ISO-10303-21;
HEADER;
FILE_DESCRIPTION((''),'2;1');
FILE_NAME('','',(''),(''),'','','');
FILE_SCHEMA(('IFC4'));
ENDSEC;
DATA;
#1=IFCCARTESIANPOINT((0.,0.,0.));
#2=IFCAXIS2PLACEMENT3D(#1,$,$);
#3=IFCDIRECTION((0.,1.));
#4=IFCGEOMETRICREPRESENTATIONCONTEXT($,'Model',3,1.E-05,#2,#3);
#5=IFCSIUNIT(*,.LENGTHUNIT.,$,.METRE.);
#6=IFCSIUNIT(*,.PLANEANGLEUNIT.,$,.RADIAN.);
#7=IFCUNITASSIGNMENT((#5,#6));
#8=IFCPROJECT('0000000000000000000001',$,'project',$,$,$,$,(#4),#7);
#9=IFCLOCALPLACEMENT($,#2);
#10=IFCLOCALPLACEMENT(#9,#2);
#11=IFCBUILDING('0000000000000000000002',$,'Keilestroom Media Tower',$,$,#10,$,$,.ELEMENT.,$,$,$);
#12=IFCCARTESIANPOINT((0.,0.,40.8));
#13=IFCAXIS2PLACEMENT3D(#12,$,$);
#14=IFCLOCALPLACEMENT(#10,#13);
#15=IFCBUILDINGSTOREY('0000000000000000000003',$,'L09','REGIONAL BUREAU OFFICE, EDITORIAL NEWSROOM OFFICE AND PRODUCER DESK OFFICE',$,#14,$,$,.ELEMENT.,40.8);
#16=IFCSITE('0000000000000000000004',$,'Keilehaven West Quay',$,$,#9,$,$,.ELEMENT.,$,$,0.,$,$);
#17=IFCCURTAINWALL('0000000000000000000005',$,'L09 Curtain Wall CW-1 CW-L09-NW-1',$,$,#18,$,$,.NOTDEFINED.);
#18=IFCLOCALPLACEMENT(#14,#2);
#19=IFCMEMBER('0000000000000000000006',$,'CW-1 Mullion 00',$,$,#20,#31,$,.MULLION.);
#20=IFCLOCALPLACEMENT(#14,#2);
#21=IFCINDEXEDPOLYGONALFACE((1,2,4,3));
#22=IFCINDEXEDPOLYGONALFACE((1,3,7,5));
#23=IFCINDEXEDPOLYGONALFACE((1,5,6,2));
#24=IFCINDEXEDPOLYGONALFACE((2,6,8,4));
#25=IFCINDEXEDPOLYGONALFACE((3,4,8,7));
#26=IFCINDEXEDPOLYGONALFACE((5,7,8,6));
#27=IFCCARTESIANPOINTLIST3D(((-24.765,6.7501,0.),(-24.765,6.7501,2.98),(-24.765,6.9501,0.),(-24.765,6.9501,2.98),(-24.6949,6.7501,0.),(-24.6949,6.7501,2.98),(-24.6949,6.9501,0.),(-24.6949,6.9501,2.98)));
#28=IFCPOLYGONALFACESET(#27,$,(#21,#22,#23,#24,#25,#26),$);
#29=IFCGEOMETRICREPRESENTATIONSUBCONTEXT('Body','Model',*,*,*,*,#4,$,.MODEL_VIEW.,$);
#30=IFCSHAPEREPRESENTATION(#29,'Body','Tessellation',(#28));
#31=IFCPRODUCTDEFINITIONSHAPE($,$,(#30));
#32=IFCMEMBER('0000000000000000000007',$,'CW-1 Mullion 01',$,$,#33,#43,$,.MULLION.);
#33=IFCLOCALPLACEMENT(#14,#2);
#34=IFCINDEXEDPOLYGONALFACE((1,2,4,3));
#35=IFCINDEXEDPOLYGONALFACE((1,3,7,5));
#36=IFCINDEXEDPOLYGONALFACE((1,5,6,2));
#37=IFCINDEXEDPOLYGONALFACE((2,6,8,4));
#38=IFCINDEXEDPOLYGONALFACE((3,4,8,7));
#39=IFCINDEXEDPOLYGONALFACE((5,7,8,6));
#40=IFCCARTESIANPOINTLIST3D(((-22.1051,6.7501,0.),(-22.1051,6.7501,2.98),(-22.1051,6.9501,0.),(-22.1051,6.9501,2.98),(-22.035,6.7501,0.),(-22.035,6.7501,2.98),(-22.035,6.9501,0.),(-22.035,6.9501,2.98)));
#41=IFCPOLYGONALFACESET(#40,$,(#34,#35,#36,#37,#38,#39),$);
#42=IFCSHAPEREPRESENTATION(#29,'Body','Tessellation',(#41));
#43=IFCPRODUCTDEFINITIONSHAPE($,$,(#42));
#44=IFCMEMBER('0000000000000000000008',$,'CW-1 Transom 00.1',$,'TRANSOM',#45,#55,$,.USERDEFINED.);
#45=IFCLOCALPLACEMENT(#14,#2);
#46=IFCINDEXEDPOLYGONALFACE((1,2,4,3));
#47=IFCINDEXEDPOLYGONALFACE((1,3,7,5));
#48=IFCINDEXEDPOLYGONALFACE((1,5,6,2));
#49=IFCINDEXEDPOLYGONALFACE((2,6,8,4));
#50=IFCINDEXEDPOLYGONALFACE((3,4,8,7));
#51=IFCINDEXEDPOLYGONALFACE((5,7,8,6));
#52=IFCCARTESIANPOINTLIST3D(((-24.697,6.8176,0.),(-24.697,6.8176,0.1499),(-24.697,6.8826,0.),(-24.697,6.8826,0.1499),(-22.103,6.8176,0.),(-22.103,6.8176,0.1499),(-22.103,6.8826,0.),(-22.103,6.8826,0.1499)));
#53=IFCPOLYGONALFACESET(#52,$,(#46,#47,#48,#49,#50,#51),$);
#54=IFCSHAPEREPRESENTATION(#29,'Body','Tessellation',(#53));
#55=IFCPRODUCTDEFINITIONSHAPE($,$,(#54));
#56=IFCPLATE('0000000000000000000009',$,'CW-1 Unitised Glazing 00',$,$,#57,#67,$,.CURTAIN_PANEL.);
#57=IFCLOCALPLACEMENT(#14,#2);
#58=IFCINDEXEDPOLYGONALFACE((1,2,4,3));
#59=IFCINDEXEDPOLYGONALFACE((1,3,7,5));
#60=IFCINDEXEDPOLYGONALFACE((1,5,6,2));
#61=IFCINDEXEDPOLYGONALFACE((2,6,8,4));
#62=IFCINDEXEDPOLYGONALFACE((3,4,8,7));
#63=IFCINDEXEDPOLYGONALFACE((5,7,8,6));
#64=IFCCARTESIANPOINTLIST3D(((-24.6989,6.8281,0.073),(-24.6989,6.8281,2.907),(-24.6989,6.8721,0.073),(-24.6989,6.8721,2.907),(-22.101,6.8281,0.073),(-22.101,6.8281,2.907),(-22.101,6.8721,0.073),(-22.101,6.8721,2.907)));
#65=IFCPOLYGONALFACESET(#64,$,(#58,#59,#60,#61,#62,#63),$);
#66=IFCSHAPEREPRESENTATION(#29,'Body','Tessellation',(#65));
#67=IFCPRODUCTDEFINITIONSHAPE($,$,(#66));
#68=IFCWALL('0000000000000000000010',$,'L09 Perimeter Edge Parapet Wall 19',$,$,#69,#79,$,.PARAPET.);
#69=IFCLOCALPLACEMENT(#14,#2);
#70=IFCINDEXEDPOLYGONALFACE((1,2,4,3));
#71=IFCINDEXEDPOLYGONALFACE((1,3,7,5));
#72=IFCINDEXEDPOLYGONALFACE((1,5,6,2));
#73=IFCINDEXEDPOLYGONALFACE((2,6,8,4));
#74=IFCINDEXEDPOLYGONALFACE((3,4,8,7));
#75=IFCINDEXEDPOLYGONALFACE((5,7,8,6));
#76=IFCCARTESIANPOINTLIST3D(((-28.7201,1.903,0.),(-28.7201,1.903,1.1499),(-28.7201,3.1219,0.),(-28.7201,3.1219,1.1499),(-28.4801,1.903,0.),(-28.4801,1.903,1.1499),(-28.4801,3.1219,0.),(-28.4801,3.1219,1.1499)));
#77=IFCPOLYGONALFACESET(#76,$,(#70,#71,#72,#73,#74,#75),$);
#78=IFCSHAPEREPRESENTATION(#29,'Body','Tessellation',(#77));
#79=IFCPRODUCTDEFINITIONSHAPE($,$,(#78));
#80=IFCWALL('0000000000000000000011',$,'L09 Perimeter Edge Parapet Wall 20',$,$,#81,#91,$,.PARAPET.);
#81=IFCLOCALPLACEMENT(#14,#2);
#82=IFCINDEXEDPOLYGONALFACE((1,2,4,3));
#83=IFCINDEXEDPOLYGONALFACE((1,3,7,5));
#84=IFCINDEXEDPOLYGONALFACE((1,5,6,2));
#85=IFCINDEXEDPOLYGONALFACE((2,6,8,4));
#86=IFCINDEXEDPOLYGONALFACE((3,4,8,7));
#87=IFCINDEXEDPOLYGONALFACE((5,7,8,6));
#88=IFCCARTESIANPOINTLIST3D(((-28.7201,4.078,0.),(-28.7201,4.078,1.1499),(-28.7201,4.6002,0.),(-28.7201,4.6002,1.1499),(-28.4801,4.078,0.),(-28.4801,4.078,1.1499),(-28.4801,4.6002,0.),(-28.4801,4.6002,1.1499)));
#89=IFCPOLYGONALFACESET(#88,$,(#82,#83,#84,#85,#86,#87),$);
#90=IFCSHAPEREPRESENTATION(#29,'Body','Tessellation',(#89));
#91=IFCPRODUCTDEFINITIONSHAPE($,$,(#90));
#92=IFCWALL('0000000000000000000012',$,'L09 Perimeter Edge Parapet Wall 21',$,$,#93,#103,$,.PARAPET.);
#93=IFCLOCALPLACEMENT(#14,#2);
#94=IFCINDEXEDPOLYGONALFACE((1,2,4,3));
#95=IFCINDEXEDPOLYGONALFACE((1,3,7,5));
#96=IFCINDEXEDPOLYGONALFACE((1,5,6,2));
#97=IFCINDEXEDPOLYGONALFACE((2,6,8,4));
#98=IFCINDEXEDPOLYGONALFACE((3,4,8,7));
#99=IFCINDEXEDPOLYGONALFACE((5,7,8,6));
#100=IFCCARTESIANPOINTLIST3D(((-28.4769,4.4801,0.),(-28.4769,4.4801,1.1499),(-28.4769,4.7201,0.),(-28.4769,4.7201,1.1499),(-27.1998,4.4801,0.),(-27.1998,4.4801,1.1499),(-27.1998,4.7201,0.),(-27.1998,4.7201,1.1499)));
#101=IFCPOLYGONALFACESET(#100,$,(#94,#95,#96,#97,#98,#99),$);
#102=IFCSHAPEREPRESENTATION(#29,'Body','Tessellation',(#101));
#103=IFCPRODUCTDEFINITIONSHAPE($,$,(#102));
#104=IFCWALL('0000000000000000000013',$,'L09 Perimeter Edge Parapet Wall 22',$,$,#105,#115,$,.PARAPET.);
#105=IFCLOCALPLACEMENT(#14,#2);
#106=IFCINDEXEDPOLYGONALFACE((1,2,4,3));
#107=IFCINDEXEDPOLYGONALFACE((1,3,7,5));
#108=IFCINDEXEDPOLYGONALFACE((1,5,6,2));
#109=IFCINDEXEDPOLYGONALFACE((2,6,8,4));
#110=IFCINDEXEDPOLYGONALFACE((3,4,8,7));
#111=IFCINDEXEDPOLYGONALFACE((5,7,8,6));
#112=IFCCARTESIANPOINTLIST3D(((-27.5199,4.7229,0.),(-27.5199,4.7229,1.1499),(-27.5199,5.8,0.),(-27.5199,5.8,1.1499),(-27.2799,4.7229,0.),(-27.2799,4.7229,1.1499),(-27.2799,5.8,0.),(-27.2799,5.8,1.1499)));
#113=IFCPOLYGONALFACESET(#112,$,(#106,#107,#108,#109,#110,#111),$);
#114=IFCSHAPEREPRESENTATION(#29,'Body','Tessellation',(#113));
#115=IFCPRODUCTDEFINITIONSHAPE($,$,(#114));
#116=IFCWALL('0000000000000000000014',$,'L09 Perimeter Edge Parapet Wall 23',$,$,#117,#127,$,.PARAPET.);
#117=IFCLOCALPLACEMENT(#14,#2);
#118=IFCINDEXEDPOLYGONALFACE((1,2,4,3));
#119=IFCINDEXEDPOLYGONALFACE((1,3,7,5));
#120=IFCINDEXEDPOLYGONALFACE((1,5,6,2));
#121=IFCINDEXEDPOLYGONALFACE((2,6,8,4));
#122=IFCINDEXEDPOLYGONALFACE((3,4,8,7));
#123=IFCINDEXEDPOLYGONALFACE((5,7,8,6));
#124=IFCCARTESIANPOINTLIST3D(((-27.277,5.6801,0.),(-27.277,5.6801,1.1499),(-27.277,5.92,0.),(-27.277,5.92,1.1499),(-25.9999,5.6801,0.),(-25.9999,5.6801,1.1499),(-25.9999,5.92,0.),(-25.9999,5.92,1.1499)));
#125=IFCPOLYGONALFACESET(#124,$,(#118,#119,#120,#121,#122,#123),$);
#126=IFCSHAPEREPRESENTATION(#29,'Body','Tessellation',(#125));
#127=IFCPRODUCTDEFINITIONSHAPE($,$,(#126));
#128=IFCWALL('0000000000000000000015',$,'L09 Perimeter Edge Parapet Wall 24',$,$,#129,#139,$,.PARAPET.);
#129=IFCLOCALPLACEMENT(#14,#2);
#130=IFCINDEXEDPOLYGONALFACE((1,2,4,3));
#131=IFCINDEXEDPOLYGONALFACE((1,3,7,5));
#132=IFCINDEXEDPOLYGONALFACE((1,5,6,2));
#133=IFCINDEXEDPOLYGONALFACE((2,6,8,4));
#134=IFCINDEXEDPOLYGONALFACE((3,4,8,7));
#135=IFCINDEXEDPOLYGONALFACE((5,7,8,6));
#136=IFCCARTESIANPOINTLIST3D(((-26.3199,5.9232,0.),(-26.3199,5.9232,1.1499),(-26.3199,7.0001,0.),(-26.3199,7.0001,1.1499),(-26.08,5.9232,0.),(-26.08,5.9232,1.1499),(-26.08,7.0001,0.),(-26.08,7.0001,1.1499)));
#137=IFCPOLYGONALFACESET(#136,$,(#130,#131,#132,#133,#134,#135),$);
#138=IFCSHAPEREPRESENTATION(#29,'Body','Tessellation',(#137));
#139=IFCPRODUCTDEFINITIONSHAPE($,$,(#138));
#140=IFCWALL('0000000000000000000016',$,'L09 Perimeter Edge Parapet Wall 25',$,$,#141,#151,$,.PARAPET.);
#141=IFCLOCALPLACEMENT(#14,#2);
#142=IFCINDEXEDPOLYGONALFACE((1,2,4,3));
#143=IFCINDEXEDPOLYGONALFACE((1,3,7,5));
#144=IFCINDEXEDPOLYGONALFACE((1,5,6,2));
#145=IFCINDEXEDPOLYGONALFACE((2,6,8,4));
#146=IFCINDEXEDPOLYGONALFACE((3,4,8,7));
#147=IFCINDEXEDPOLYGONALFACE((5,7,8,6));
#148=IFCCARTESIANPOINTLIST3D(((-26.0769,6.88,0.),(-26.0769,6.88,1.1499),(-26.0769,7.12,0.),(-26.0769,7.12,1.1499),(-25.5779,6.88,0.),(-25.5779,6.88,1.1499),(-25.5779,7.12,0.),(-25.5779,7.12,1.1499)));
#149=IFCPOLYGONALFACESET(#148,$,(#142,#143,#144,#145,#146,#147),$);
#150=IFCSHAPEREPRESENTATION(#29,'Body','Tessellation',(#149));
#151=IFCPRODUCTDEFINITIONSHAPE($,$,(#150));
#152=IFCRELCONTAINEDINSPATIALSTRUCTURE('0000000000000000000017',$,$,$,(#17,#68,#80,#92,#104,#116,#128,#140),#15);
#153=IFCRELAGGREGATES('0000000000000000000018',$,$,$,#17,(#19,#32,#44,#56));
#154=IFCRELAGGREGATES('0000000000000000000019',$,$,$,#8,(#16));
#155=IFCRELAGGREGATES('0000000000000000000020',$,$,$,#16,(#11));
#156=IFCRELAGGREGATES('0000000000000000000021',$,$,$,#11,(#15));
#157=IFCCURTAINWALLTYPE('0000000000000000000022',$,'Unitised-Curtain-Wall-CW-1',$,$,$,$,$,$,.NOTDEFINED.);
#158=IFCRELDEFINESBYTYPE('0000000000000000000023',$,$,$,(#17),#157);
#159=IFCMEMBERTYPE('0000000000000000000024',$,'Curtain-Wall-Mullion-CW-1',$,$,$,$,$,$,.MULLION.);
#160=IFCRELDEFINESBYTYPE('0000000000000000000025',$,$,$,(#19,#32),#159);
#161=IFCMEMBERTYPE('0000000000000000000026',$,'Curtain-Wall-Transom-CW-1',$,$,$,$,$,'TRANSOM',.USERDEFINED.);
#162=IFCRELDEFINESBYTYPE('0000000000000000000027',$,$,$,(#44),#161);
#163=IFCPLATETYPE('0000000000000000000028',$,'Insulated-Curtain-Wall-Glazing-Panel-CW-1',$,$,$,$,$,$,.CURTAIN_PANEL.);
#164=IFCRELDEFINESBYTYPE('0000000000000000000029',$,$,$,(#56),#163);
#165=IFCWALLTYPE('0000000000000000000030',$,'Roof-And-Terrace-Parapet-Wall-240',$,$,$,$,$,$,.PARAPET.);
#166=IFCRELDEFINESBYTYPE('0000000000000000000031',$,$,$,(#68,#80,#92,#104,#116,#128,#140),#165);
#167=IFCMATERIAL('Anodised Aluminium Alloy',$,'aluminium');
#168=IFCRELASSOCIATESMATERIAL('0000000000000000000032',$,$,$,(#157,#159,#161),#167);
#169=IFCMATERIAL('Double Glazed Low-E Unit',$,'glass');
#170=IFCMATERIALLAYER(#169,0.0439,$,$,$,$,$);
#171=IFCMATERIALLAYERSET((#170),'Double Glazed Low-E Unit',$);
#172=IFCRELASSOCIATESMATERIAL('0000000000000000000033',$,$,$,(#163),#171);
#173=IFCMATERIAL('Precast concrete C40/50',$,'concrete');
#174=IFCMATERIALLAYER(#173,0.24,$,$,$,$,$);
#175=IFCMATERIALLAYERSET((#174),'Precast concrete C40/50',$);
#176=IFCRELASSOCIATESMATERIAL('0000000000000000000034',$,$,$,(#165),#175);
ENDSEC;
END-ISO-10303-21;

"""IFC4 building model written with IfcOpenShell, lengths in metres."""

from ifc_helpers import new_model, si_unit, direction, frame, frame_2d, origin, origin_2d, place, context, subcontext, project, spatial, rectangle, extrude, source, transform, mapped, material, layer, layer_set, material_profile, profile_set, type_object, element, aggregate, save


model = new_model("IFC4")

# Units and contexts
model_context = context("Model", 3, precision=1e-05, world=origin(), true_north=direction((0.0, 1.0)))
body_context = subcontext(model_context, "Body", "Model", "MODEL_VIEW")
ifc_project = project(units=[si_unit("LENGTHUNIT", "METRE"), si_unit("PLANEANGLEUNIT", "RADIAN")], contexts=[model_context])

# Site, building, storey
site_placement = place(None, origin())
site = spatial("IfcSite", under=ifc_project, at=site_placement, Name="Keilehaven West Quay", CompositionType="ELEMENT", RefElevation=0.0)
building_placement = place(site_placement, origin())
building = spatial("IfcBuilding", under=site, at=building_placement, Name="Keilestroom Media Tower", CompositionType="ELEMENT")
storey_placement = place(building_placement, frame((0.0, 0.0, 40.8)))
storey = spatial("IfcBuildingStorey", under=building, at=storey_placement, Name="L09", Description="REGIONAL BUREAU OFFICE, EDITORIAL NEWSROOM OFFICE AND PRODUCER DESK OFFICE", CompositionType="ELEMENT", Elevation=40.8)

# Shared definitions
ifc_material_1 = material(Name="Precast concrete C40/50", Category="concrete")

# Curtain wall, members, plate
ifc_material_2 = material(Name="Anodised Aluminium Alloy", Category="aluminium")
curtain_wall_type = type_object("IfcCurtainWallType", Name="Unitised-Curtain-Wall-CW-1", PredefinedType="NOTDEFINED", material=ifc_material_2)
curtain_wall_placement = place(storey_placement, origin())
curtain_wall = element("IfcCurtainWall", 1, at=curtain_wall_placement, inside=storey, type_object=curtain_wall_type, Name="L09 Curtain Wall CW-1 CW-L09-NW-1", PredefinedType="NOTDEFINED")
ifc_material_profile_1 = material_profile(ifc_material_2, rectangle(XDim=0.0701, YDim=0.2, at=origin_2d()), Name="ALU MULLION 70x200")
ifc_profile_set_1 = profile_set([ifc_material_profile_1], Name="Anodised Aluminium Alloy")
member_type_1 = type_object("IfcMemberType", Name="Curtain-Wall-Mullion-CW-1", PredefinedType="MULLION", material=ifc_profile_set_1)
shared_shape_1 = source(origin(), body_context, "Body", "SweptSolid", [
    extrude(rectangle(XDim=0.0701, YDim=0.2, at=origin_2d()), origin(), (0.0, 0.0, 1.0), 2.98),
])
member_1_placement = place(storey_placement, frame((-24.73, 6.8501, 0.0), z_axis=(0.0, 0.0, 1.0), x_axis=(1.0, 0.0, 0.0)))
member_1 = element("IfcMember", 2, at=member_1_placement, type_object=member_type_1, Name="CW-1 Mullion 00", PredefinedType="MULLION", context=body_context, shape_type="MappedRepresentation", body=[
    mapped(shared_shape_1, transform((0.0, 0.0, 0.0), x_axis=(1.0, 0.0, 0.0), y_axis=(0.0, 1.0, 0.0), z_axis=(0.0, 0.0, 1.0), scale=1.0)),
])
member_2_placement = place(storey_placement, frame((-22.0701, 6.8501, 0.0), z_axis=(0.0, 0.0, 1.0), x_axis=(1.0, 0.0, 0.0)))
member_2 = element("IfcMember", 3, at=member_2_placement, type_object=member_type_1, Name="CW-1 Mullion 01", PredefinedType="MULLION", context=body_context, shape_type="MappedRepresentation", body=[
    mapped(shared_shape_1, transform((0.0, 0.0, 0.0), x_axis=(1.0, 0.0, 0.0), y_axis=(0.0, 1.0, 0.0), z_axis=(0.0, 0.0, 1.0), scale=1.0)),
])
ifc_material_profile_2 = material_profile(ifc_material_2, rectangle(XDim=0.0649, YDim=0.1499, at=origin_2d()), Name="ALU TRANSOM 65x150")
ifc_profile_set_2 = profile_set([ifc_material_profile_2], Name="Anodised Aluminium Alloy")
member_type_2 = type_object("IfcMemberType", Name="Curtain-Wall-Transom-CW-1", ElementType="TRANSOM", PredefinedType="USERDEFINED", material=ifc_profile_set_2)
shared_shape_2 = source(origin(), body_context, "Body", "SweptSolid", [
    extrude(rectangle(XDim=0.0649, YDim=0.1499, at=origin_2d()), origin(), (0.0, 0.0, 1.0), 2.594),
])
member_3_placement = place(storey_placement, frame((-24.697, 6.8501, 0.075), z_axis=(1.0, 0.0, 0.0), x_axis=(0.0, 1.0, 0.0)))
member_3 = element("IfcMember", 4, at=member_3_placement, type_object=member_type_2, Name="CW-1 Transom 00.1", ObjectType="TRANSOM", PredefinedType="USERDEFINED", context=body_context, shape_type="MappedRepresentation", body=[
    mapped(shared_shape_2, transform((0.0, 0.0, 0.0), x_axis=(1.0, 0.0, 0.0), y_axis=(0.0, 1.0, 0.0), z_axis=(0.0, 0.0, 1.0), scale=1.0)),
])
ifc_material_3 = material(Name="Double Glazed Low-E Unit", Category="glass")
ifc_layer_1 = layer(ifc_material_3, 0.0439)
ifc_layer_set_1 = layer_set([ifc_layer_1], Name="Double Glazed Low-E Unit")
plate_type = type_object("IfcPlateType", Name="Insulated-Curtain-Wall-Glazing-Panel-CW-1", PredefinedType="CURTAIN_PANEL", material=ifc_layer_set_1)
shared_shape_3 = source(origin(), body_context, "Body", "SweptSolid", [
    extrude(rectangle(XDim=2.5979, YDim=0.0439, at=origin_2d()), origin(), (0.0, 0.0, 1.0), 2.834),
])
plate_placement = place(storey_placement, frame((-23.3999, 6.8501, 0.073), z_axis=(0.0, 0.0, 1.0), x_axis=(1.0, 0.0, 0.0)))
plate = element("IfcPlate", 5, at=plate_placement, type_object=plate_type, Name="CW-1 Unitised Glazing 00", PredefinedType="CURTAIN_PANEL", context=body_context, shape_type="MappedRepresentation", body=[
    mapped(shared_shape_3, transform((0.0, 0.0, 0.0), x_axis=(1.0, 0.0, 0.0), y_axis=(0.0, 1.0, 0.0), z_axis=(0.0, 0.0, 1.0), scale=1.0)),
])
aggregate(curtain_wall, [member_1, member_2, member_3, plate])

# Walls
ifc_layer_2 = layer(ifc_material_1, 0.24)
ifc_layer_set_2 = layer_set([ifc_layer_2], Name="Precast concrete C40/50")
wall_type = type_object("IfcWallType", Name="Roof-And-Terrace-Parapet-Wall-240", PredefinedType="PARAPET", material=ifc_layer_set_2)
wall_1_placement = place(storey_placement, frame((-28.6001, 1.9031, 0.0), z_axis=(0.0, 0.0, 1.0), x_axis=(0.0, 1.0, 0.0)))
element("IfcWall", 6, at=wall_1_placement, inside=storey, type_object=wall_type, Name="L09 Perimeter Edge Parapet Wall 19", PredefinedType="PARAPET", context=body_context, shape_type="SweptSolid", body=[
    extrude(rectangle(XDim=1.219, YDim=0.24, at=frame_2d((0.6094, 0.0))), origin(), (0.0, 0.0, 1.0), 1.1499),
])
wall_2_placement = place(storey_placement, frame((-28.6001, 4.0779, 0.0), z_axis=(0.0, 0.0, 1.0), x_axis=(0.0, 1.0, 0.0)))
element("IfcWall", 7, at=wall_2_placement, inside=storey, type_object=wall_type, Name="L09 Perimeter Edge Parapet Wall 20", PredefinedType="PARAPET", context=body_context, shape_type="SweptSolid", body=[
    extrude(rectangle(XDim=0.5222, YDim=0.24, at=frame_2d((0.2612, 0.0))), origin(), (0.0, 0.0, 1.0), 1.1499),
])
wall_3_placement = place(storey_placement, frame((-28.4771, 4.6001, 0.0), z_axis=(0.0, 0.0, 1.0), x_axis=(1.0, 0.0, 0.0)))
element("IfcWall", 8, at=wall_3_placement, inside=storey, type_object=wall_type, Name="L09 Perimeter Edge Parapet Wall 21", PredefinedType="PARAPET", context=body_context, shape_type="SweptSolid", body=[
    extrude(rectangle(XDim=1.2771, YDim=0.24, at=frame_2d((0.6387, 0.0))), origin(), (0.0, 0.0, 1.0), 1.1499),
])
wall_4_placement = place(storey_placement, frame((-27.3999, 4.7229, 0.0), z_axis=(0.0, 0.0, 1.0), x_axis=(0.0, 1.0, 0.0)))
element("IfcWall", 9, at=wall_4_placement, inside=storey, type_object=wall_type, Name="L09 Perimeter Edge Parapet Wall 22", PredefinedType="PARAPET", context=body_context, shape_type="SweptSolid", body=[
    extrude(rectangle(XDim=1.0771, YDim=0.24, at=frame_2d((0.5386, 0.0))), origin(), (0.0, 0.0, 1.0), 1.1499),
])
wall_5_placement = place(storey_placement, frame((-27.2771, 5.8, 0.0), z_axis=(0.0, 0.0, 1.0), x_axis=(1.0, 0.0, 0.0)))
element("IfcWall", 10, at=wall_5_placement, inside=storey, type_object=wall_type, Name="L09 Perimeter Edge Parapet Wall 23", PredefinedType="PARAPET", context=body_context, shape_type="SweptSolid", body=[
    extrude(rectangle(XDim=1.2771, YDim=0.24, at=frame_2d((0.6387, 0.0))), origin(), (0.0, 0.0, 1.0), 1.1499),
])
wall_6_placement = place(storey_placement, frame((-26.2, 5.9231, 0.0), z_axis=(0.0, 0.0, 1.0), x_axis=(0.0, 1.0, 0.0)))
element("IfcWall", 11, at=wall_6_placement, inside=storey, type_object=wall_type, Name="L09 Perimeter Edge Parapet Wall 24", PredefinedType="PARAPET", context=body_context, shape_type="SweptSolid", body=[
    extrude(rectangle(XDim=1.0769, YDim=0.24, at=frame_2d((0.5386, 0.0))), origin(), (0.0, 0.0, 1.0), 1.1499),
])
wall_7_placement = place(storey_placement, frame((-26.0769, 7.0, 0.0), z_axis=(0.0, 0.0, 1.0), x_axis=(1.0, 0.0, 0.0)))
element("IfcWall", 12, at=wall_7_placement, inside=storey, type_object=wall_type, Name="L09 Perimeter Edge Parapet Wall 25", PredefinedType="PARAPET", context=body_context, shape_type="SweptSolid", body=[
    extrude(rectangle(XDim=0.499, YDim=0.24, at=frame_2d((0.2495, 0.0))), origin(), (0.0, 0.0, 1.0), 1.1499),
])

save(model, "model.ifc")
